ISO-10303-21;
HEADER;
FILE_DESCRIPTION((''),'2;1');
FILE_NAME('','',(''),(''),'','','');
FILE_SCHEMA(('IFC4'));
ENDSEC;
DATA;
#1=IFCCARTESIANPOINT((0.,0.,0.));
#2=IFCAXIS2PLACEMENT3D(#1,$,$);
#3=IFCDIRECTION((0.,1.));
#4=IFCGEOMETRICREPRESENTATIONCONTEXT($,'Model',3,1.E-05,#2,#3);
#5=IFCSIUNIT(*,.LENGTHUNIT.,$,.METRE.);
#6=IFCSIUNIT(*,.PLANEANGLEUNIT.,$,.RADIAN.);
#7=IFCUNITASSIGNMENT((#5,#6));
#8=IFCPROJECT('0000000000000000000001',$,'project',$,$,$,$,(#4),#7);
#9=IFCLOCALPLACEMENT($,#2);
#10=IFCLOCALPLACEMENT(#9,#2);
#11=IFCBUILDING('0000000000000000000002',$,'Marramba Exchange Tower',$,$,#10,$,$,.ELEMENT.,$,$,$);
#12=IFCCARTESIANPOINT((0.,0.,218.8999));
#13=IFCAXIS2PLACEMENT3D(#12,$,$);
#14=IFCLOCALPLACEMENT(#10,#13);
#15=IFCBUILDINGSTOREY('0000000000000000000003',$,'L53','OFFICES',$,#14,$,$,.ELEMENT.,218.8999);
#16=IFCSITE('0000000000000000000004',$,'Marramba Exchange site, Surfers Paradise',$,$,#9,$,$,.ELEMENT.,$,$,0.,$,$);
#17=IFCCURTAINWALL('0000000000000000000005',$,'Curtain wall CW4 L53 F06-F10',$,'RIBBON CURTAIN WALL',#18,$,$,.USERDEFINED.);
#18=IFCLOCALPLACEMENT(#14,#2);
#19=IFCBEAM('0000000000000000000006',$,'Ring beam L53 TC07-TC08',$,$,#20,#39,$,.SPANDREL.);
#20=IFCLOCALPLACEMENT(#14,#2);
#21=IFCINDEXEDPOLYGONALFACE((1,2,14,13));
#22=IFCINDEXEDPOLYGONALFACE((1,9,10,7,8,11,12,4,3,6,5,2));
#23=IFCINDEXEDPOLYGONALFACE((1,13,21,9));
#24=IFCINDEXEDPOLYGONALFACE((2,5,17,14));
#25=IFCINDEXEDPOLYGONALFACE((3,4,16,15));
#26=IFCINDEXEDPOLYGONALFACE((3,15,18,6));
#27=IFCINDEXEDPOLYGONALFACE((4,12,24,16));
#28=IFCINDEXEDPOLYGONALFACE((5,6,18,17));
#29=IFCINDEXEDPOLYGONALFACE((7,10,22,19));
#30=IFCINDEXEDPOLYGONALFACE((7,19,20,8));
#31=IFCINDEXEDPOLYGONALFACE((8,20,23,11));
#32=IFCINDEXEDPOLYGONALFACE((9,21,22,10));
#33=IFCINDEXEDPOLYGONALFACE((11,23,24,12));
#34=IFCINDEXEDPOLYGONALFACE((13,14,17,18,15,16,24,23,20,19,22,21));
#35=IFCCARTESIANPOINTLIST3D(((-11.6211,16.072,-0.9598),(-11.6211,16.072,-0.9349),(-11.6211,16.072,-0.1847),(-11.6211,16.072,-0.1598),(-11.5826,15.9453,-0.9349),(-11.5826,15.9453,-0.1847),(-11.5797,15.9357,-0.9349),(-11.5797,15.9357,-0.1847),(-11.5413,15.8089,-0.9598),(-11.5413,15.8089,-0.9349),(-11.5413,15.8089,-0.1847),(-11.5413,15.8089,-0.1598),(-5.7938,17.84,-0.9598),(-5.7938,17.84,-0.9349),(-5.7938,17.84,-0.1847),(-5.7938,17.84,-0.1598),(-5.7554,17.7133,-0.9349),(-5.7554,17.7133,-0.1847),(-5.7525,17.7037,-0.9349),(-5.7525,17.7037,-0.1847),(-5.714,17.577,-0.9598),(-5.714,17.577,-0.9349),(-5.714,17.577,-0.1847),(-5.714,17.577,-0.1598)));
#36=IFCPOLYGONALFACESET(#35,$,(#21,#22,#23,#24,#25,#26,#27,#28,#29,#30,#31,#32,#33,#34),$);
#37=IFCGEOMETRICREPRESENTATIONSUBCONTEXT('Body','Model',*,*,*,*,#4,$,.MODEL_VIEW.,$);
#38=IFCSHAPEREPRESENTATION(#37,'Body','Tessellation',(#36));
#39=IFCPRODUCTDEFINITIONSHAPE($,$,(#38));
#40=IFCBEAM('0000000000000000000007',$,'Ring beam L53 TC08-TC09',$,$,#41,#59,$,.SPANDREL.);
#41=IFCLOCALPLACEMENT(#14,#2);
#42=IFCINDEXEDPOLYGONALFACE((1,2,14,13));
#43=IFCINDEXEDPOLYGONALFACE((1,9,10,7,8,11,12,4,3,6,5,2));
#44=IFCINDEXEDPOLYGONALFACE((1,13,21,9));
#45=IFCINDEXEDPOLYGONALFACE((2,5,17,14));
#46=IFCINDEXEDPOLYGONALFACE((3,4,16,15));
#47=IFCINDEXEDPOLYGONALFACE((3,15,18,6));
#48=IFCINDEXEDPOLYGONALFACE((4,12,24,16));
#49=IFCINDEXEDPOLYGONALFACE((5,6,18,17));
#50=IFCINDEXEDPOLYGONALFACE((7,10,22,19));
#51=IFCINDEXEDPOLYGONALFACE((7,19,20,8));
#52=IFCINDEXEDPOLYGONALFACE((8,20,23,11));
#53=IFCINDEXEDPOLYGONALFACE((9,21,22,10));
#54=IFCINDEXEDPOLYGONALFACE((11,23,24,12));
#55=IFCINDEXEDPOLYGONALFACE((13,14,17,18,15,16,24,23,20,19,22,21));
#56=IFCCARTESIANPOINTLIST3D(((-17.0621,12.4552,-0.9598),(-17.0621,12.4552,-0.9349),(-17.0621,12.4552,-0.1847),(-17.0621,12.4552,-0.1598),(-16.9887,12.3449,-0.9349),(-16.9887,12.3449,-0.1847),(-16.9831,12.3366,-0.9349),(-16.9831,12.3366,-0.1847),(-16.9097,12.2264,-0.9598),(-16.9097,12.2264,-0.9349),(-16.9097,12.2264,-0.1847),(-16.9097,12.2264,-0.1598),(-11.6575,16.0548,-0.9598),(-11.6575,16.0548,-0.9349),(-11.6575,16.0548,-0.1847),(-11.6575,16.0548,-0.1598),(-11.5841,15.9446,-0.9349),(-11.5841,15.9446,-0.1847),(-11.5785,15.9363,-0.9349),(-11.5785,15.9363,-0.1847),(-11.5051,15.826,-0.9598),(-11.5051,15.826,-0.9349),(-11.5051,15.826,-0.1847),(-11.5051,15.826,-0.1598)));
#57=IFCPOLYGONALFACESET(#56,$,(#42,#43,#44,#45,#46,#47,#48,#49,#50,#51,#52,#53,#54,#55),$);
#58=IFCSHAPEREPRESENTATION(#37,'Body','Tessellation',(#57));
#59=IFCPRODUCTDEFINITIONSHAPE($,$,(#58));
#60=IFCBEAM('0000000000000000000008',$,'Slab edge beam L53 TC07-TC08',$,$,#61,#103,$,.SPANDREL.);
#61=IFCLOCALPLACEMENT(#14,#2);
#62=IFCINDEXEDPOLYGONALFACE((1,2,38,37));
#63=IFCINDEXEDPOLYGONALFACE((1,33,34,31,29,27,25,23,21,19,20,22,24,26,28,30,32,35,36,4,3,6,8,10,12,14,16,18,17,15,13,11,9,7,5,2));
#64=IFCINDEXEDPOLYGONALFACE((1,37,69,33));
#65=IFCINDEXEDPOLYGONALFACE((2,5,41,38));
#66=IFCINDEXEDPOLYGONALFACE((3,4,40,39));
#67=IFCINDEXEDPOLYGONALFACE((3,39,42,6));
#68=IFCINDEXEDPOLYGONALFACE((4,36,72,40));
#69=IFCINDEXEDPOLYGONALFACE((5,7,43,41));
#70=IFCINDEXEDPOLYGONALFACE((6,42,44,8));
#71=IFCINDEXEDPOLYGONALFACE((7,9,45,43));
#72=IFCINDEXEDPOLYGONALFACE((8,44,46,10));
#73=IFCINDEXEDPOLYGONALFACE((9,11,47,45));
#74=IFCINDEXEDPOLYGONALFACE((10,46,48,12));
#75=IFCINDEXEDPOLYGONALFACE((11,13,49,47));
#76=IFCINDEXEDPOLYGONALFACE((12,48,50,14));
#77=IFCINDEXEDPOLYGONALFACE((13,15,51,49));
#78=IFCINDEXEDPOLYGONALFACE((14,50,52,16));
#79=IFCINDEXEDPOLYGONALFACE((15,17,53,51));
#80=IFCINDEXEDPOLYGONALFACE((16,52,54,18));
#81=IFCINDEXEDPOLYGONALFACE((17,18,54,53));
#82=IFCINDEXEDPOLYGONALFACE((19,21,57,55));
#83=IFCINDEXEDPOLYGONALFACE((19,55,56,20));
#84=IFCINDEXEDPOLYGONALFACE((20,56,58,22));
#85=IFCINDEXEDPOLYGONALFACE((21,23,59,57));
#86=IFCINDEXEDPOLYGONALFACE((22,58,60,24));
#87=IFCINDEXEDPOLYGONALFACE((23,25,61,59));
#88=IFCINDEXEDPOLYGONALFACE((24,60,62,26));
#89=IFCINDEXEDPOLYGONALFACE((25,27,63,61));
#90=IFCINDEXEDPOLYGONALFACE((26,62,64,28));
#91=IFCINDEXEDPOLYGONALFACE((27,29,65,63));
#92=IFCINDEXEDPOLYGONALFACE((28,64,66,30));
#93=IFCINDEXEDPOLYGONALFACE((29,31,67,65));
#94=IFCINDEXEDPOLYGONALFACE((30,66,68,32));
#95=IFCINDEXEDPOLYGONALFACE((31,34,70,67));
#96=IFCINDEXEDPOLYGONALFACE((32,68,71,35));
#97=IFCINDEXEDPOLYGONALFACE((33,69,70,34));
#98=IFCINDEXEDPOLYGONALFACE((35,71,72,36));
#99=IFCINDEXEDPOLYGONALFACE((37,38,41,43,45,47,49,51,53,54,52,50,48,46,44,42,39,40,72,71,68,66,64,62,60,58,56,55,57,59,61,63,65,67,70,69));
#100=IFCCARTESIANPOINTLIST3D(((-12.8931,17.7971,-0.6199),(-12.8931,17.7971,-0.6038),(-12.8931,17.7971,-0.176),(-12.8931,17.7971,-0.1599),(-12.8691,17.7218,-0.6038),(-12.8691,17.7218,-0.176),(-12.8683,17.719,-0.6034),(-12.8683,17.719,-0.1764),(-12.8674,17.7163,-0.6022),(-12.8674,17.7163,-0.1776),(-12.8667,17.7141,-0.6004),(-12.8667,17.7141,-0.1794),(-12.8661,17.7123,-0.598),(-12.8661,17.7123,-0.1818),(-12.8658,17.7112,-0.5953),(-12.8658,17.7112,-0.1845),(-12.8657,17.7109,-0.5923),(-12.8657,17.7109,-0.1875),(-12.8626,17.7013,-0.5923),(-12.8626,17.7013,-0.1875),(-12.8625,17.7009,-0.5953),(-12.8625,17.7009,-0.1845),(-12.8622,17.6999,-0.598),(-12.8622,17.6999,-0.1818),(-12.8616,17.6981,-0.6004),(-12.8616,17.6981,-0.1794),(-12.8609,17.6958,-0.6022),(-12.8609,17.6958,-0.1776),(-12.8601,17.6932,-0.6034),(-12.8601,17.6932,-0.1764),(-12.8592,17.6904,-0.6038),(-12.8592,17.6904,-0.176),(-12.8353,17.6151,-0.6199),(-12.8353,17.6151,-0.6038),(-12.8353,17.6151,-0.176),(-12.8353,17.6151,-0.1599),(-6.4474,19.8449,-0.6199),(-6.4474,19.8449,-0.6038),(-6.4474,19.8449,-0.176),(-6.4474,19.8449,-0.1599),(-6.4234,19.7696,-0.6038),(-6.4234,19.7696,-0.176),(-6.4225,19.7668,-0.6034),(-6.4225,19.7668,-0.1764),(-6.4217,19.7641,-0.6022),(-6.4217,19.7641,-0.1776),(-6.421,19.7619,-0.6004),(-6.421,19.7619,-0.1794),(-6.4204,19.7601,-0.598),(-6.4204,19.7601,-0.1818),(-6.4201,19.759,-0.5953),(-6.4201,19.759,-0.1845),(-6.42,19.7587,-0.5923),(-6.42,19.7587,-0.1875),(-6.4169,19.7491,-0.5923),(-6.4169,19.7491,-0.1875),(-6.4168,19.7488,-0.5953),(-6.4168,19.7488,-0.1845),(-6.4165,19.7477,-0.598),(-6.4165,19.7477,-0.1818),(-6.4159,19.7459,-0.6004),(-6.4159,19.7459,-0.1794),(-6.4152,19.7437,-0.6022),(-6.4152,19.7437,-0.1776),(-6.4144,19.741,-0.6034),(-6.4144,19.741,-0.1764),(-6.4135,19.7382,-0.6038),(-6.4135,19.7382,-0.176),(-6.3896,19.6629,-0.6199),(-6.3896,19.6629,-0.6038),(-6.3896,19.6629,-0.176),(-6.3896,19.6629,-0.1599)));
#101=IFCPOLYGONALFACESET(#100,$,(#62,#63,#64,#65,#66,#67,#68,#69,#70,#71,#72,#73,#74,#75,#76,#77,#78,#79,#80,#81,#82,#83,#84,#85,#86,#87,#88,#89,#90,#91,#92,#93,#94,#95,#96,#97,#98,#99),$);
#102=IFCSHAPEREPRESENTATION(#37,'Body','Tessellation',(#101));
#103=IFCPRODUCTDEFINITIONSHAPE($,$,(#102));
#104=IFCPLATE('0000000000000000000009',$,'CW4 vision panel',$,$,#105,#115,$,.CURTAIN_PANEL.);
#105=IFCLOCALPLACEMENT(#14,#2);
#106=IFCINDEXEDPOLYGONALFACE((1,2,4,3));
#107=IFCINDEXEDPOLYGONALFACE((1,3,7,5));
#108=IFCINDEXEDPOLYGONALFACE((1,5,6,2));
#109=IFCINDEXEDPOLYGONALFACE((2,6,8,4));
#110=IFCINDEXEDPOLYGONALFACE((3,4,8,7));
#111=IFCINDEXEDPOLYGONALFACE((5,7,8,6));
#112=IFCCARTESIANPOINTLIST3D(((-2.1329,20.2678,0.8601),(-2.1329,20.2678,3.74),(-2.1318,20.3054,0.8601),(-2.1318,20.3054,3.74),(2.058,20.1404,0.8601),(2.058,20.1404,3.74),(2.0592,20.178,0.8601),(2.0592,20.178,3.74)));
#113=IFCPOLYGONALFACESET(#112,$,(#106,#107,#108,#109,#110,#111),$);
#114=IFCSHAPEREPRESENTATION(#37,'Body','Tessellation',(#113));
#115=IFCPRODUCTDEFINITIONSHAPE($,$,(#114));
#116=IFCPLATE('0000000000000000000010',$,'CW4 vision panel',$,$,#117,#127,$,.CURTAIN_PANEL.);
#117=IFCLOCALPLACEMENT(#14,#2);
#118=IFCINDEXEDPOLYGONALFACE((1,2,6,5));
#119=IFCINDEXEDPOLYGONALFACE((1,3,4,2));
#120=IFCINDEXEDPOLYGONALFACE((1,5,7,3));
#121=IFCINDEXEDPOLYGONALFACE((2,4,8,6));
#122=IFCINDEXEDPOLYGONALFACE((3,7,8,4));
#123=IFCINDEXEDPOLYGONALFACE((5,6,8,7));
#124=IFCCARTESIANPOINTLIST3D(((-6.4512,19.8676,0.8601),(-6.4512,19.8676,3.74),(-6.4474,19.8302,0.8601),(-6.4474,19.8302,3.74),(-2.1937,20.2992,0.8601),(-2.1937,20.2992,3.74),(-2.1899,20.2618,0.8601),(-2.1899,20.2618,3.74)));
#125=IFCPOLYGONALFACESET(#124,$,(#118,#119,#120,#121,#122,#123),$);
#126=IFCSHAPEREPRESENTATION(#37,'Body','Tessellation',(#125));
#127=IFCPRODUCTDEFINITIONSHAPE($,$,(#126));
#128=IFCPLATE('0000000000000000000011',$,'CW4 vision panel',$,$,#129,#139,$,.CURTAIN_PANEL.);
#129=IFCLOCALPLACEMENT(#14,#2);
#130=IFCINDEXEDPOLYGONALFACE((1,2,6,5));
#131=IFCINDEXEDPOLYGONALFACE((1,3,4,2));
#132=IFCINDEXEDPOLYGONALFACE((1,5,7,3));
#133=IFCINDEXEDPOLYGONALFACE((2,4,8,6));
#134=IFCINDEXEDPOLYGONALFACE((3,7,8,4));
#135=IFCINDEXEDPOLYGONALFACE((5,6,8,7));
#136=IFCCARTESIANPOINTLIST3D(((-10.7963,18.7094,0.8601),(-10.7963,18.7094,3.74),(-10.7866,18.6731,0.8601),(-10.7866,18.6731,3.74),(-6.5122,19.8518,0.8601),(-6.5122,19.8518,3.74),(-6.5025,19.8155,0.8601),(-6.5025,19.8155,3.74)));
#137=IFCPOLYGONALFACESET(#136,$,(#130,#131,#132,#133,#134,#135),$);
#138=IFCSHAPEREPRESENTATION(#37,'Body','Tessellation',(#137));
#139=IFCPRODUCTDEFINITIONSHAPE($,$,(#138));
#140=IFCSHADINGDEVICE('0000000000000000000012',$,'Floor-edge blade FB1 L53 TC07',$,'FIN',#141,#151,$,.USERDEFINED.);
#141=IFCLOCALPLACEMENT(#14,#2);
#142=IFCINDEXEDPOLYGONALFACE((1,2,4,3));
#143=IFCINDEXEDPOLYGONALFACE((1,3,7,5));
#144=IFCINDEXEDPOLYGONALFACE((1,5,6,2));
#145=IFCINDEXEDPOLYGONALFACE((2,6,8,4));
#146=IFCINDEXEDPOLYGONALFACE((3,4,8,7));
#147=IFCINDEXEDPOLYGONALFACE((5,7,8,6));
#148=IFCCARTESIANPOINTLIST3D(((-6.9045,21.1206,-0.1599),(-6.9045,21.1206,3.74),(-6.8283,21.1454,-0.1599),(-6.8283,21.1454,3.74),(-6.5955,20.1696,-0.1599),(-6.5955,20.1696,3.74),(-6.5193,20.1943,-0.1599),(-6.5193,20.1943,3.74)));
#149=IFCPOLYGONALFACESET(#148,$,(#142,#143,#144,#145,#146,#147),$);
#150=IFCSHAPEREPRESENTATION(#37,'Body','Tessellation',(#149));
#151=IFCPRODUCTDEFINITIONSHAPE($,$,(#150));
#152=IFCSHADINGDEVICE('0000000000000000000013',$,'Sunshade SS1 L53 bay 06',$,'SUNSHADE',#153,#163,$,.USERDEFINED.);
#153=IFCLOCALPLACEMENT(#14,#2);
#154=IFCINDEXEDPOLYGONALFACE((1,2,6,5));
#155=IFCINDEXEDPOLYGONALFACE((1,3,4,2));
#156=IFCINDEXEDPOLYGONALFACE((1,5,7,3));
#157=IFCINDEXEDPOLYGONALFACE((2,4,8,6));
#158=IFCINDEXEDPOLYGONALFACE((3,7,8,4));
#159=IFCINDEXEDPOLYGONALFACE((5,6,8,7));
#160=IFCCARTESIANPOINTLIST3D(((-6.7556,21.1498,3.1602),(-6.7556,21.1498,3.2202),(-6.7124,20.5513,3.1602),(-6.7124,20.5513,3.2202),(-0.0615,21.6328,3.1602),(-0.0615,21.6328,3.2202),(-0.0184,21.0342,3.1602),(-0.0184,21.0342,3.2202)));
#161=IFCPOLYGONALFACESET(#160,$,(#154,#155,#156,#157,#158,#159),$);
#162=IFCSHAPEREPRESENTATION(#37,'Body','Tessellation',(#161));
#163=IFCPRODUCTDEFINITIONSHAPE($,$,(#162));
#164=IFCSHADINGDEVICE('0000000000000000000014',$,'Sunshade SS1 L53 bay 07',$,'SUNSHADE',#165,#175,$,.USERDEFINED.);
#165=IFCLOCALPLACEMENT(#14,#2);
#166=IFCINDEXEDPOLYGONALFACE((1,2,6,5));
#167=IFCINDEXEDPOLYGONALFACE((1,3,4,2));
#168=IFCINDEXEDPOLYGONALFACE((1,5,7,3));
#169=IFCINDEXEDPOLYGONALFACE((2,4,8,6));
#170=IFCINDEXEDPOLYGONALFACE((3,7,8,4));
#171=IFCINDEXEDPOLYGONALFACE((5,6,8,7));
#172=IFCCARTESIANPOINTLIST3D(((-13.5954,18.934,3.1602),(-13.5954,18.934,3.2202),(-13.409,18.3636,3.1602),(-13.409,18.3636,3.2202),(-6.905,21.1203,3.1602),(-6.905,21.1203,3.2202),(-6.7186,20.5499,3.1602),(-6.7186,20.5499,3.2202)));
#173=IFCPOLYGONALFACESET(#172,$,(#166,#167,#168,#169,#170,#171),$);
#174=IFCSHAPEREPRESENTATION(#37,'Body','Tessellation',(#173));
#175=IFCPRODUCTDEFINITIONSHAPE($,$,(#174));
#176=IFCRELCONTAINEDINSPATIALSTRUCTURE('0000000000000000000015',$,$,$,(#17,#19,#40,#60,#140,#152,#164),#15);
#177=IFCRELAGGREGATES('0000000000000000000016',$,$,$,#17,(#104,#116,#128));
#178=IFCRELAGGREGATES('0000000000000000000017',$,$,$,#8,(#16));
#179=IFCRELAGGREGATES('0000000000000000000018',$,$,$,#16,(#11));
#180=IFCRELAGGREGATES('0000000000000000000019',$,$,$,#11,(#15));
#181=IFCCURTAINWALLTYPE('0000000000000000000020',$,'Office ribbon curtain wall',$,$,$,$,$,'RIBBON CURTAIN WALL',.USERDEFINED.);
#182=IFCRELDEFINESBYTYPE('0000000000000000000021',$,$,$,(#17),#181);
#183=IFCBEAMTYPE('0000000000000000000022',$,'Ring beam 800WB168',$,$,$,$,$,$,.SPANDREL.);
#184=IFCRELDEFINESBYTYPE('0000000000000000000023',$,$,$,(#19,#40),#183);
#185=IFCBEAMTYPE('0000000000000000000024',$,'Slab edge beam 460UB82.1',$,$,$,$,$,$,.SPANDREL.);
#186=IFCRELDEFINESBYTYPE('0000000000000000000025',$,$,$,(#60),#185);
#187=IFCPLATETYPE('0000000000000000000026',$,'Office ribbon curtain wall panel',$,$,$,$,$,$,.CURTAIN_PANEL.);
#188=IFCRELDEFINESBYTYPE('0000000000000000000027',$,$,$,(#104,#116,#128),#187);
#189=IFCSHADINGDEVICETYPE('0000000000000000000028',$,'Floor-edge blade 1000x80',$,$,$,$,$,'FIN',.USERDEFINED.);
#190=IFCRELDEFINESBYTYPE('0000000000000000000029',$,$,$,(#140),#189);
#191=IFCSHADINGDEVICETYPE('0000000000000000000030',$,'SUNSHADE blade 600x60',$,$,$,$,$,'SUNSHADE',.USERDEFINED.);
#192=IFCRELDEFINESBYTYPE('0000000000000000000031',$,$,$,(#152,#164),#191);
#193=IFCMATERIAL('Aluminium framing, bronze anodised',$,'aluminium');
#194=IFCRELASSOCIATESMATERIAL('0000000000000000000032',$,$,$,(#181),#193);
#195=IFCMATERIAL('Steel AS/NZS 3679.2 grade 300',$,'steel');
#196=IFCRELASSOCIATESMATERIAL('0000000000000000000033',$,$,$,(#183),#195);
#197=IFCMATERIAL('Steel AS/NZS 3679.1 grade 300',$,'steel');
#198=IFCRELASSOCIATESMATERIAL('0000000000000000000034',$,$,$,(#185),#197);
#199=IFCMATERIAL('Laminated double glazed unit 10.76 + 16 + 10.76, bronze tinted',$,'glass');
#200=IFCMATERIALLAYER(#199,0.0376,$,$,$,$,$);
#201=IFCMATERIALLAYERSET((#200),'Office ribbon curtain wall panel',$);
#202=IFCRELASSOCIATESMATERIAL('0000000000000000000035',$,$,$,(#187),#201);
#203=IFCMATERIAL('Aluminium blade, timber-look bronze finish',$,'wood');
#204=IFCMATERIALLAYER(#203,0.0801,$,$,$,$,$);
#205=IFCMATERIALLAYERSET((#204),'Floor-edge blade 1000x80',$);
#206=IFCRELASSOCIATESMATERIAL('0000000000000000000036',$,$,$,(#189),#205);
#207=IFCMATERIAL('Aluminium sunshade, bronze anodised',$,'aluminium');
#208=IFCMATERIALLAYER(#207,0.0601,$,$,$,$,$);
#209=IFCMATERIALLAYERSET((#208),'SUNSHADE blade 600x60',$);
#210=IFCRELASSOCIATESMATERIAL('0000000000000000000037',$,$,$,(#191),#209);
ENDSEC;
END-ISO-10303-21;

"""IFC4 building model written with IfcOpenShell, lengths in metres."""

from ifc_helpers import new_model, si_unit, direction, frame, origin, origin_2d, place, context, subcontext, project, spatial, rectangle, i_section, extrude, material, layer, layer_set, material_profile, profile_set, type_object, element, aggregate, save


model = new_model("IFC4")

# Units and contexts
model_context = context("Model", 3, precision=1e-05, world=origin(), true_north=direction((0.0, 1.0)))
body_context = subcontext(model_context, "Body", "Model", "MODEL_VIEW")
ifc_project = project(units=[si_unit("LENGTHUNIT", "METRE"), si_unit("PLANEANGLEUNIT", "RADIAN")], contexts=[model_context])

# Site, building, storey
site_placement = place(None, origin())
site = spatial("IfcSite", under=ifc_project, at=site_placement, Name="Marramba Exchange site, Surfers Paradise", CompositionType="ELEMENT", RefElevation=0.0)
building_placement = place(site_placement, origin())
building = spatial("IfcBuilding", under=site, at=building_placement, Name="Marramba Exchange Tower", CompositionType="ELEMENT")
storey_placement = place(building_placement, frame((0.0, 0.0, 218.8999)))
storey = spatial("IfcBuildingStorey", under=building, at=storey_placement, Name="L53", Description="OFFICES", CompositionType="ELEMENT", Elevation=218.8999)

# Shared definitions
ifc_material_1 = material(Name="Steel AS/NZS 3679.2 grade 300", Category="steel")

# Curtain wall
ifc_material_2 = material(Name="Aluminium framing, bronze anodised", Category="aluminium")
curtain_wall_type = type_object("IfcCurtainWallType", Name="Office ribbon curtain wall", ElementType="RIBBON CURTAIN WALL", PredefinedType="USERDEFINED", material=ifc_material_2)
curtain_wall_1_placement = place(storey_placement, origin())
curtain_wall_1 = element("IfcCurtainWall", 1, at=curtain_wall_1_placement, inside=storey, type_object=curtain_wall_type, Name="Curtain wall CW4 L53 F06-F10", ObjectType="RIBBON CURTAIN WALL", PredefinedType="USERDEFINED")

# Beams
ifc_material_profile_1 = material_profile(ifc_material_1, i_section(OverallWidth=0.2749, OverallDepth=0.8, WebThickness=0.01, FlangeThickness=0.0249, at=origin_2d()), Name="800WB168")
ifc_profile_set_1 = profile_set([ifc_material_profile_1], Name="Steel AS/NZS 3679.2 grade 300")
beam_type_1 = type_object("IfcBeamType", Name="Ring beam 800WB168", PredefinedType="SPANDREL", material=ifc_profile_set_1)
beam_1_placement = place(storey_placement, frame((-5.7539, 17.7085, -0.5598), z_axis=(-0.956925, -0.290337, 0.0), x_axis=(0.290337, -0.956925, 0.0)))
element("IfcBeam", 2, at=beam_1_placement, inside=storey, type_object=beam_type_1, Name="Ring beam L53 TC07-TC08", PredefinedType="SPANDREL", context=body_context, shape_type="SweptSolid", body=[
    extrude(i_section(OverallWidth=0.2749, OverallDepth=0.8, WebThickness=0.01, FlangeThickness=0.0249, at=origin_2d()), origin(), (0.0, 0.0, 1.0), 6.0896),
])
beam_2_placement = place(storey_placement, frame((-11.5813, 15.9404, -0.5598), z_axis=(-0.832293, -0.554336, 0.0), x_axis=(0.554336, -0.832293, 0.0)))
element("IfcBeam", 3, at=beam_2_placement, inside=storey, type_object=beam_type_1, Name="Ring beam L53 TC08-TC09", PredefinedType="SPANDREL", context=body_context, shape_type="SweptSolid", body=[
    extrude(i_section(OverallWidth=0.2749, OverallDepth=0.8, WebThickness=0.01, FlangeThickness=0.0249, at=origin_2d()), origin(), (0.0, 0.0, 1.0), 6.4937),
])
ifc_material_3 = material(Name="Steel AS/NZS 3679.1 grade 300", Category="steel")
ifc_material_profile_2 = material_profile(ifc_material_3, i_section(OverallWidth=0.1909, OverallDepth=0.46, WebThickness=0.01, FlangeThickness=0.0161, FilletRadius=0.0115, at=origin_2d()), Name="460UB82.1")
ifc_profile_set_2 = profile_set([ifc_material_profile_2], Name="Steel AS/NZS 3679.1 grade 300")
beam_type_2 = type_object("IfcBeamType", Name="Slab edge beam 460UB82.1", PredefinedType="SPANDREL", material=ifc_profile_set_2)
beam_3_placement = place(storey_placement, frame((-6.4185, 19.7539, -0.3899), z_axis=(-0.953057, -0.302789, 0.0), x_axis=(0.302789, -0.953057, 0.0)))
element("IfcBeam", 4, at=beam_3_placement, inside=storey, type_object=beam_type_2, Name="Slab edge beam L53 TC07-TC08", PredefinedType="SPANDREL", context=body_context, shape_type="SweptSolid", body=[
    extrude(i_section(OverallWidth=0.1909, OverallDepth=0.46, WebThickness=0.01, FlangeThickness=0.0161, FilletRadius=0.0115, at=origin_2d()), origin(), (0.0, 0.0, 1.0), 6.7632),
])

# Plates
ifc_material_4 = material(Name="Laminated double glazed unit 10.76 + 16 + 10.76, bronze tinted", Category="glass")
ifc_layer_1 = layer(ifc_material_4, 0.0376)
ifc_layer_set_1 = layer_set([ifc_layer_1], Name="Office ribbon curtain wall panel")
plate_type = type_object("IfcPlateType", Name="Office ribbon curtain wall panel", PredefinedType="CURTAIN_PANEL", material=ifc_layer_set_1)
plate_1_placement = place(storey_placement, frame((-0.0369, 20.2229, 0.8601), z_axis=(0.0, 0.0, 1.0), x_axis=(-0.999538, 0.030394, 0.0)))
plate_1 = element("IfcPlate", 5, at=plate_1_placement, type_object=plate_type, Name="CW4 vision panel", PredefinedType="CURTAIN_PANEL", context=body_context, shape_type="SweptSolid", body=[
    extrude(rectangle(XDim=4.1929, YDim=0.0376, at=origin_2d()), origin(), (0.0, 0.0, 1.0), 2.8799),
])
plate_2_placement = place(storey_placement, frame((-4.3206, 20.0647, 0.8601), z_axis=(0.0, 0.0, 1.0), x_axis=(-0.9949, -0.100863, 0.0)))
plate_2 = element("IfcPlate", 6, at=plate_2_placement, type_object=plate_type, Name="CW4 vision panel", PredefinedType="CURTAIN_PANEL", context=body_context, shape_type="SweptSolid", body=[
    extrude(rectangle(XDim=4.2793, YDim=0.0376, at=origin_2d()), origin(), (0.0, 0.0, 1.0), 2.8799),
])
plate_3_placement = place(storey_placement, frame((-8.6494, 19.2625, 0.8601), z_axis=(0.0, 0.0, 1.0), x_axis=(-0.966241, -0.257641, 0.0)))
plate_3 = element("IfcPlate", 7, at=plate_3_placement, type_object=plate_type, Name="CW4 vision panel", PredefinedType="CURTAIN_PANEL", context=body_context, shape_type="SweptSolid", body=[
    extrude(rectangle(XDim=4.4338, YDim=0.0376, at=origin_2d()), origin(), (0.0, 0.0, 1.0), 2.8799),
])
aggregate(curtain_wall_1, [plate_1, plate_2, plate_3])

# Shading devices
ifc_material_5 = material(Name="Aluminium blade, timber-look bronze finish", Category="wood")
ifc_layer_2 = layer(ifc_material_5, 0.0801)
ifc_layer_set_2 = layer_set([ifc_layer_2], Name="Floor-edge blade 1000x80")
shading_device_type_1 = type_object("IfcShadingDeviceType", Name="Floor-edge blade 1000x80", ElementType="FIN", PredefinedType="USERDEFINED", material=ifc_layer_set_2)
shading_device_1_placement = place(storey_placement, frame((-6.7119, 20.6575, -0.1599), z_axis=(0.0, 0.0, 1.0), x_axis=(-0.309017, 0.951057, 0.0)))
element("IfcShadingDevice", 8, at=shading_device_1_placement, inside=storey, type_object=shading_device_type_1, Name="Floor-edge blade FB1 L53 TC07", ObjectType="FIN", PredefinedType="USERDEFINED", context=body_context, shape_type="SweptSolid", body=[
    extrude(rectangle(XDim=1.0, YDim=0.0801, at=origin_2d()), origin(), (0.0, 0.0, 1.0), 3.8999),
])
ifc_material_6 = material(Name="Aluminium sunshade, bronze anodised", Category="aluminium")
ifc_layer_3 = layer(ifc_material_6, 0.0601)
ifc_layer_set_3 = layer_set([ifc_layer_3], Name="SUNSHADE blade 600x60")
shading_device_type_2 = type_object("IfcShadingDeviceType", Name="SUNSHADE blade 600x60", ElementType="SUNSHADE", PredefinedType="USERDEFINED", material=ifc_layer_set_3)
shading_device_2_placement = place(storey_placement, frame((-3.387, 21.092, 3.1602), z_axis=(0.0, 0.0, 1.0), x_axis=(-0.997408, -0.071958, 0.0)))
element("IfcShadingDevice", 9, at=shading_device_2_placement, inside=storey, type_object=shading_device_type_2, Name="Sunshade SS1 L53 bay 06", ObjectType="SUNSHADE", PredefinedType="USERDEFINED", context=body_context, shape_type="SweptSolid", body=[
    extrude(rectangle(XDim=6.7114, YDim=0.6001, at=origin_2d()), origin(), (0.0, 0.0, 1.0), 0.0601),
])
shading_device_3_placement = place(storey_placement, frame((-10.157, 19.7419, 3.1602), z_axis=(0.0, 0.0, 1.0), x_axis=(-0.950538, -0.31061, 0.0)))
element("IfcShadingDevice", 10, at=shading_device_3_placement, inside=storey, type_object=shading_device_type_2, Name="Sunshade SS1 L53 bay 07", ObjectType="SUNSHADE", PredefinedType="USERDEFINED", context=body_context, shape_type="SweptSolid", body=[
    extrude(rectangle(XDim=7.0386, YDim=0.6001, at=origin_2d()), origin(), (0.0, 0.0, 1.0), 0.0601),
])

save(model, "model.ifc")
